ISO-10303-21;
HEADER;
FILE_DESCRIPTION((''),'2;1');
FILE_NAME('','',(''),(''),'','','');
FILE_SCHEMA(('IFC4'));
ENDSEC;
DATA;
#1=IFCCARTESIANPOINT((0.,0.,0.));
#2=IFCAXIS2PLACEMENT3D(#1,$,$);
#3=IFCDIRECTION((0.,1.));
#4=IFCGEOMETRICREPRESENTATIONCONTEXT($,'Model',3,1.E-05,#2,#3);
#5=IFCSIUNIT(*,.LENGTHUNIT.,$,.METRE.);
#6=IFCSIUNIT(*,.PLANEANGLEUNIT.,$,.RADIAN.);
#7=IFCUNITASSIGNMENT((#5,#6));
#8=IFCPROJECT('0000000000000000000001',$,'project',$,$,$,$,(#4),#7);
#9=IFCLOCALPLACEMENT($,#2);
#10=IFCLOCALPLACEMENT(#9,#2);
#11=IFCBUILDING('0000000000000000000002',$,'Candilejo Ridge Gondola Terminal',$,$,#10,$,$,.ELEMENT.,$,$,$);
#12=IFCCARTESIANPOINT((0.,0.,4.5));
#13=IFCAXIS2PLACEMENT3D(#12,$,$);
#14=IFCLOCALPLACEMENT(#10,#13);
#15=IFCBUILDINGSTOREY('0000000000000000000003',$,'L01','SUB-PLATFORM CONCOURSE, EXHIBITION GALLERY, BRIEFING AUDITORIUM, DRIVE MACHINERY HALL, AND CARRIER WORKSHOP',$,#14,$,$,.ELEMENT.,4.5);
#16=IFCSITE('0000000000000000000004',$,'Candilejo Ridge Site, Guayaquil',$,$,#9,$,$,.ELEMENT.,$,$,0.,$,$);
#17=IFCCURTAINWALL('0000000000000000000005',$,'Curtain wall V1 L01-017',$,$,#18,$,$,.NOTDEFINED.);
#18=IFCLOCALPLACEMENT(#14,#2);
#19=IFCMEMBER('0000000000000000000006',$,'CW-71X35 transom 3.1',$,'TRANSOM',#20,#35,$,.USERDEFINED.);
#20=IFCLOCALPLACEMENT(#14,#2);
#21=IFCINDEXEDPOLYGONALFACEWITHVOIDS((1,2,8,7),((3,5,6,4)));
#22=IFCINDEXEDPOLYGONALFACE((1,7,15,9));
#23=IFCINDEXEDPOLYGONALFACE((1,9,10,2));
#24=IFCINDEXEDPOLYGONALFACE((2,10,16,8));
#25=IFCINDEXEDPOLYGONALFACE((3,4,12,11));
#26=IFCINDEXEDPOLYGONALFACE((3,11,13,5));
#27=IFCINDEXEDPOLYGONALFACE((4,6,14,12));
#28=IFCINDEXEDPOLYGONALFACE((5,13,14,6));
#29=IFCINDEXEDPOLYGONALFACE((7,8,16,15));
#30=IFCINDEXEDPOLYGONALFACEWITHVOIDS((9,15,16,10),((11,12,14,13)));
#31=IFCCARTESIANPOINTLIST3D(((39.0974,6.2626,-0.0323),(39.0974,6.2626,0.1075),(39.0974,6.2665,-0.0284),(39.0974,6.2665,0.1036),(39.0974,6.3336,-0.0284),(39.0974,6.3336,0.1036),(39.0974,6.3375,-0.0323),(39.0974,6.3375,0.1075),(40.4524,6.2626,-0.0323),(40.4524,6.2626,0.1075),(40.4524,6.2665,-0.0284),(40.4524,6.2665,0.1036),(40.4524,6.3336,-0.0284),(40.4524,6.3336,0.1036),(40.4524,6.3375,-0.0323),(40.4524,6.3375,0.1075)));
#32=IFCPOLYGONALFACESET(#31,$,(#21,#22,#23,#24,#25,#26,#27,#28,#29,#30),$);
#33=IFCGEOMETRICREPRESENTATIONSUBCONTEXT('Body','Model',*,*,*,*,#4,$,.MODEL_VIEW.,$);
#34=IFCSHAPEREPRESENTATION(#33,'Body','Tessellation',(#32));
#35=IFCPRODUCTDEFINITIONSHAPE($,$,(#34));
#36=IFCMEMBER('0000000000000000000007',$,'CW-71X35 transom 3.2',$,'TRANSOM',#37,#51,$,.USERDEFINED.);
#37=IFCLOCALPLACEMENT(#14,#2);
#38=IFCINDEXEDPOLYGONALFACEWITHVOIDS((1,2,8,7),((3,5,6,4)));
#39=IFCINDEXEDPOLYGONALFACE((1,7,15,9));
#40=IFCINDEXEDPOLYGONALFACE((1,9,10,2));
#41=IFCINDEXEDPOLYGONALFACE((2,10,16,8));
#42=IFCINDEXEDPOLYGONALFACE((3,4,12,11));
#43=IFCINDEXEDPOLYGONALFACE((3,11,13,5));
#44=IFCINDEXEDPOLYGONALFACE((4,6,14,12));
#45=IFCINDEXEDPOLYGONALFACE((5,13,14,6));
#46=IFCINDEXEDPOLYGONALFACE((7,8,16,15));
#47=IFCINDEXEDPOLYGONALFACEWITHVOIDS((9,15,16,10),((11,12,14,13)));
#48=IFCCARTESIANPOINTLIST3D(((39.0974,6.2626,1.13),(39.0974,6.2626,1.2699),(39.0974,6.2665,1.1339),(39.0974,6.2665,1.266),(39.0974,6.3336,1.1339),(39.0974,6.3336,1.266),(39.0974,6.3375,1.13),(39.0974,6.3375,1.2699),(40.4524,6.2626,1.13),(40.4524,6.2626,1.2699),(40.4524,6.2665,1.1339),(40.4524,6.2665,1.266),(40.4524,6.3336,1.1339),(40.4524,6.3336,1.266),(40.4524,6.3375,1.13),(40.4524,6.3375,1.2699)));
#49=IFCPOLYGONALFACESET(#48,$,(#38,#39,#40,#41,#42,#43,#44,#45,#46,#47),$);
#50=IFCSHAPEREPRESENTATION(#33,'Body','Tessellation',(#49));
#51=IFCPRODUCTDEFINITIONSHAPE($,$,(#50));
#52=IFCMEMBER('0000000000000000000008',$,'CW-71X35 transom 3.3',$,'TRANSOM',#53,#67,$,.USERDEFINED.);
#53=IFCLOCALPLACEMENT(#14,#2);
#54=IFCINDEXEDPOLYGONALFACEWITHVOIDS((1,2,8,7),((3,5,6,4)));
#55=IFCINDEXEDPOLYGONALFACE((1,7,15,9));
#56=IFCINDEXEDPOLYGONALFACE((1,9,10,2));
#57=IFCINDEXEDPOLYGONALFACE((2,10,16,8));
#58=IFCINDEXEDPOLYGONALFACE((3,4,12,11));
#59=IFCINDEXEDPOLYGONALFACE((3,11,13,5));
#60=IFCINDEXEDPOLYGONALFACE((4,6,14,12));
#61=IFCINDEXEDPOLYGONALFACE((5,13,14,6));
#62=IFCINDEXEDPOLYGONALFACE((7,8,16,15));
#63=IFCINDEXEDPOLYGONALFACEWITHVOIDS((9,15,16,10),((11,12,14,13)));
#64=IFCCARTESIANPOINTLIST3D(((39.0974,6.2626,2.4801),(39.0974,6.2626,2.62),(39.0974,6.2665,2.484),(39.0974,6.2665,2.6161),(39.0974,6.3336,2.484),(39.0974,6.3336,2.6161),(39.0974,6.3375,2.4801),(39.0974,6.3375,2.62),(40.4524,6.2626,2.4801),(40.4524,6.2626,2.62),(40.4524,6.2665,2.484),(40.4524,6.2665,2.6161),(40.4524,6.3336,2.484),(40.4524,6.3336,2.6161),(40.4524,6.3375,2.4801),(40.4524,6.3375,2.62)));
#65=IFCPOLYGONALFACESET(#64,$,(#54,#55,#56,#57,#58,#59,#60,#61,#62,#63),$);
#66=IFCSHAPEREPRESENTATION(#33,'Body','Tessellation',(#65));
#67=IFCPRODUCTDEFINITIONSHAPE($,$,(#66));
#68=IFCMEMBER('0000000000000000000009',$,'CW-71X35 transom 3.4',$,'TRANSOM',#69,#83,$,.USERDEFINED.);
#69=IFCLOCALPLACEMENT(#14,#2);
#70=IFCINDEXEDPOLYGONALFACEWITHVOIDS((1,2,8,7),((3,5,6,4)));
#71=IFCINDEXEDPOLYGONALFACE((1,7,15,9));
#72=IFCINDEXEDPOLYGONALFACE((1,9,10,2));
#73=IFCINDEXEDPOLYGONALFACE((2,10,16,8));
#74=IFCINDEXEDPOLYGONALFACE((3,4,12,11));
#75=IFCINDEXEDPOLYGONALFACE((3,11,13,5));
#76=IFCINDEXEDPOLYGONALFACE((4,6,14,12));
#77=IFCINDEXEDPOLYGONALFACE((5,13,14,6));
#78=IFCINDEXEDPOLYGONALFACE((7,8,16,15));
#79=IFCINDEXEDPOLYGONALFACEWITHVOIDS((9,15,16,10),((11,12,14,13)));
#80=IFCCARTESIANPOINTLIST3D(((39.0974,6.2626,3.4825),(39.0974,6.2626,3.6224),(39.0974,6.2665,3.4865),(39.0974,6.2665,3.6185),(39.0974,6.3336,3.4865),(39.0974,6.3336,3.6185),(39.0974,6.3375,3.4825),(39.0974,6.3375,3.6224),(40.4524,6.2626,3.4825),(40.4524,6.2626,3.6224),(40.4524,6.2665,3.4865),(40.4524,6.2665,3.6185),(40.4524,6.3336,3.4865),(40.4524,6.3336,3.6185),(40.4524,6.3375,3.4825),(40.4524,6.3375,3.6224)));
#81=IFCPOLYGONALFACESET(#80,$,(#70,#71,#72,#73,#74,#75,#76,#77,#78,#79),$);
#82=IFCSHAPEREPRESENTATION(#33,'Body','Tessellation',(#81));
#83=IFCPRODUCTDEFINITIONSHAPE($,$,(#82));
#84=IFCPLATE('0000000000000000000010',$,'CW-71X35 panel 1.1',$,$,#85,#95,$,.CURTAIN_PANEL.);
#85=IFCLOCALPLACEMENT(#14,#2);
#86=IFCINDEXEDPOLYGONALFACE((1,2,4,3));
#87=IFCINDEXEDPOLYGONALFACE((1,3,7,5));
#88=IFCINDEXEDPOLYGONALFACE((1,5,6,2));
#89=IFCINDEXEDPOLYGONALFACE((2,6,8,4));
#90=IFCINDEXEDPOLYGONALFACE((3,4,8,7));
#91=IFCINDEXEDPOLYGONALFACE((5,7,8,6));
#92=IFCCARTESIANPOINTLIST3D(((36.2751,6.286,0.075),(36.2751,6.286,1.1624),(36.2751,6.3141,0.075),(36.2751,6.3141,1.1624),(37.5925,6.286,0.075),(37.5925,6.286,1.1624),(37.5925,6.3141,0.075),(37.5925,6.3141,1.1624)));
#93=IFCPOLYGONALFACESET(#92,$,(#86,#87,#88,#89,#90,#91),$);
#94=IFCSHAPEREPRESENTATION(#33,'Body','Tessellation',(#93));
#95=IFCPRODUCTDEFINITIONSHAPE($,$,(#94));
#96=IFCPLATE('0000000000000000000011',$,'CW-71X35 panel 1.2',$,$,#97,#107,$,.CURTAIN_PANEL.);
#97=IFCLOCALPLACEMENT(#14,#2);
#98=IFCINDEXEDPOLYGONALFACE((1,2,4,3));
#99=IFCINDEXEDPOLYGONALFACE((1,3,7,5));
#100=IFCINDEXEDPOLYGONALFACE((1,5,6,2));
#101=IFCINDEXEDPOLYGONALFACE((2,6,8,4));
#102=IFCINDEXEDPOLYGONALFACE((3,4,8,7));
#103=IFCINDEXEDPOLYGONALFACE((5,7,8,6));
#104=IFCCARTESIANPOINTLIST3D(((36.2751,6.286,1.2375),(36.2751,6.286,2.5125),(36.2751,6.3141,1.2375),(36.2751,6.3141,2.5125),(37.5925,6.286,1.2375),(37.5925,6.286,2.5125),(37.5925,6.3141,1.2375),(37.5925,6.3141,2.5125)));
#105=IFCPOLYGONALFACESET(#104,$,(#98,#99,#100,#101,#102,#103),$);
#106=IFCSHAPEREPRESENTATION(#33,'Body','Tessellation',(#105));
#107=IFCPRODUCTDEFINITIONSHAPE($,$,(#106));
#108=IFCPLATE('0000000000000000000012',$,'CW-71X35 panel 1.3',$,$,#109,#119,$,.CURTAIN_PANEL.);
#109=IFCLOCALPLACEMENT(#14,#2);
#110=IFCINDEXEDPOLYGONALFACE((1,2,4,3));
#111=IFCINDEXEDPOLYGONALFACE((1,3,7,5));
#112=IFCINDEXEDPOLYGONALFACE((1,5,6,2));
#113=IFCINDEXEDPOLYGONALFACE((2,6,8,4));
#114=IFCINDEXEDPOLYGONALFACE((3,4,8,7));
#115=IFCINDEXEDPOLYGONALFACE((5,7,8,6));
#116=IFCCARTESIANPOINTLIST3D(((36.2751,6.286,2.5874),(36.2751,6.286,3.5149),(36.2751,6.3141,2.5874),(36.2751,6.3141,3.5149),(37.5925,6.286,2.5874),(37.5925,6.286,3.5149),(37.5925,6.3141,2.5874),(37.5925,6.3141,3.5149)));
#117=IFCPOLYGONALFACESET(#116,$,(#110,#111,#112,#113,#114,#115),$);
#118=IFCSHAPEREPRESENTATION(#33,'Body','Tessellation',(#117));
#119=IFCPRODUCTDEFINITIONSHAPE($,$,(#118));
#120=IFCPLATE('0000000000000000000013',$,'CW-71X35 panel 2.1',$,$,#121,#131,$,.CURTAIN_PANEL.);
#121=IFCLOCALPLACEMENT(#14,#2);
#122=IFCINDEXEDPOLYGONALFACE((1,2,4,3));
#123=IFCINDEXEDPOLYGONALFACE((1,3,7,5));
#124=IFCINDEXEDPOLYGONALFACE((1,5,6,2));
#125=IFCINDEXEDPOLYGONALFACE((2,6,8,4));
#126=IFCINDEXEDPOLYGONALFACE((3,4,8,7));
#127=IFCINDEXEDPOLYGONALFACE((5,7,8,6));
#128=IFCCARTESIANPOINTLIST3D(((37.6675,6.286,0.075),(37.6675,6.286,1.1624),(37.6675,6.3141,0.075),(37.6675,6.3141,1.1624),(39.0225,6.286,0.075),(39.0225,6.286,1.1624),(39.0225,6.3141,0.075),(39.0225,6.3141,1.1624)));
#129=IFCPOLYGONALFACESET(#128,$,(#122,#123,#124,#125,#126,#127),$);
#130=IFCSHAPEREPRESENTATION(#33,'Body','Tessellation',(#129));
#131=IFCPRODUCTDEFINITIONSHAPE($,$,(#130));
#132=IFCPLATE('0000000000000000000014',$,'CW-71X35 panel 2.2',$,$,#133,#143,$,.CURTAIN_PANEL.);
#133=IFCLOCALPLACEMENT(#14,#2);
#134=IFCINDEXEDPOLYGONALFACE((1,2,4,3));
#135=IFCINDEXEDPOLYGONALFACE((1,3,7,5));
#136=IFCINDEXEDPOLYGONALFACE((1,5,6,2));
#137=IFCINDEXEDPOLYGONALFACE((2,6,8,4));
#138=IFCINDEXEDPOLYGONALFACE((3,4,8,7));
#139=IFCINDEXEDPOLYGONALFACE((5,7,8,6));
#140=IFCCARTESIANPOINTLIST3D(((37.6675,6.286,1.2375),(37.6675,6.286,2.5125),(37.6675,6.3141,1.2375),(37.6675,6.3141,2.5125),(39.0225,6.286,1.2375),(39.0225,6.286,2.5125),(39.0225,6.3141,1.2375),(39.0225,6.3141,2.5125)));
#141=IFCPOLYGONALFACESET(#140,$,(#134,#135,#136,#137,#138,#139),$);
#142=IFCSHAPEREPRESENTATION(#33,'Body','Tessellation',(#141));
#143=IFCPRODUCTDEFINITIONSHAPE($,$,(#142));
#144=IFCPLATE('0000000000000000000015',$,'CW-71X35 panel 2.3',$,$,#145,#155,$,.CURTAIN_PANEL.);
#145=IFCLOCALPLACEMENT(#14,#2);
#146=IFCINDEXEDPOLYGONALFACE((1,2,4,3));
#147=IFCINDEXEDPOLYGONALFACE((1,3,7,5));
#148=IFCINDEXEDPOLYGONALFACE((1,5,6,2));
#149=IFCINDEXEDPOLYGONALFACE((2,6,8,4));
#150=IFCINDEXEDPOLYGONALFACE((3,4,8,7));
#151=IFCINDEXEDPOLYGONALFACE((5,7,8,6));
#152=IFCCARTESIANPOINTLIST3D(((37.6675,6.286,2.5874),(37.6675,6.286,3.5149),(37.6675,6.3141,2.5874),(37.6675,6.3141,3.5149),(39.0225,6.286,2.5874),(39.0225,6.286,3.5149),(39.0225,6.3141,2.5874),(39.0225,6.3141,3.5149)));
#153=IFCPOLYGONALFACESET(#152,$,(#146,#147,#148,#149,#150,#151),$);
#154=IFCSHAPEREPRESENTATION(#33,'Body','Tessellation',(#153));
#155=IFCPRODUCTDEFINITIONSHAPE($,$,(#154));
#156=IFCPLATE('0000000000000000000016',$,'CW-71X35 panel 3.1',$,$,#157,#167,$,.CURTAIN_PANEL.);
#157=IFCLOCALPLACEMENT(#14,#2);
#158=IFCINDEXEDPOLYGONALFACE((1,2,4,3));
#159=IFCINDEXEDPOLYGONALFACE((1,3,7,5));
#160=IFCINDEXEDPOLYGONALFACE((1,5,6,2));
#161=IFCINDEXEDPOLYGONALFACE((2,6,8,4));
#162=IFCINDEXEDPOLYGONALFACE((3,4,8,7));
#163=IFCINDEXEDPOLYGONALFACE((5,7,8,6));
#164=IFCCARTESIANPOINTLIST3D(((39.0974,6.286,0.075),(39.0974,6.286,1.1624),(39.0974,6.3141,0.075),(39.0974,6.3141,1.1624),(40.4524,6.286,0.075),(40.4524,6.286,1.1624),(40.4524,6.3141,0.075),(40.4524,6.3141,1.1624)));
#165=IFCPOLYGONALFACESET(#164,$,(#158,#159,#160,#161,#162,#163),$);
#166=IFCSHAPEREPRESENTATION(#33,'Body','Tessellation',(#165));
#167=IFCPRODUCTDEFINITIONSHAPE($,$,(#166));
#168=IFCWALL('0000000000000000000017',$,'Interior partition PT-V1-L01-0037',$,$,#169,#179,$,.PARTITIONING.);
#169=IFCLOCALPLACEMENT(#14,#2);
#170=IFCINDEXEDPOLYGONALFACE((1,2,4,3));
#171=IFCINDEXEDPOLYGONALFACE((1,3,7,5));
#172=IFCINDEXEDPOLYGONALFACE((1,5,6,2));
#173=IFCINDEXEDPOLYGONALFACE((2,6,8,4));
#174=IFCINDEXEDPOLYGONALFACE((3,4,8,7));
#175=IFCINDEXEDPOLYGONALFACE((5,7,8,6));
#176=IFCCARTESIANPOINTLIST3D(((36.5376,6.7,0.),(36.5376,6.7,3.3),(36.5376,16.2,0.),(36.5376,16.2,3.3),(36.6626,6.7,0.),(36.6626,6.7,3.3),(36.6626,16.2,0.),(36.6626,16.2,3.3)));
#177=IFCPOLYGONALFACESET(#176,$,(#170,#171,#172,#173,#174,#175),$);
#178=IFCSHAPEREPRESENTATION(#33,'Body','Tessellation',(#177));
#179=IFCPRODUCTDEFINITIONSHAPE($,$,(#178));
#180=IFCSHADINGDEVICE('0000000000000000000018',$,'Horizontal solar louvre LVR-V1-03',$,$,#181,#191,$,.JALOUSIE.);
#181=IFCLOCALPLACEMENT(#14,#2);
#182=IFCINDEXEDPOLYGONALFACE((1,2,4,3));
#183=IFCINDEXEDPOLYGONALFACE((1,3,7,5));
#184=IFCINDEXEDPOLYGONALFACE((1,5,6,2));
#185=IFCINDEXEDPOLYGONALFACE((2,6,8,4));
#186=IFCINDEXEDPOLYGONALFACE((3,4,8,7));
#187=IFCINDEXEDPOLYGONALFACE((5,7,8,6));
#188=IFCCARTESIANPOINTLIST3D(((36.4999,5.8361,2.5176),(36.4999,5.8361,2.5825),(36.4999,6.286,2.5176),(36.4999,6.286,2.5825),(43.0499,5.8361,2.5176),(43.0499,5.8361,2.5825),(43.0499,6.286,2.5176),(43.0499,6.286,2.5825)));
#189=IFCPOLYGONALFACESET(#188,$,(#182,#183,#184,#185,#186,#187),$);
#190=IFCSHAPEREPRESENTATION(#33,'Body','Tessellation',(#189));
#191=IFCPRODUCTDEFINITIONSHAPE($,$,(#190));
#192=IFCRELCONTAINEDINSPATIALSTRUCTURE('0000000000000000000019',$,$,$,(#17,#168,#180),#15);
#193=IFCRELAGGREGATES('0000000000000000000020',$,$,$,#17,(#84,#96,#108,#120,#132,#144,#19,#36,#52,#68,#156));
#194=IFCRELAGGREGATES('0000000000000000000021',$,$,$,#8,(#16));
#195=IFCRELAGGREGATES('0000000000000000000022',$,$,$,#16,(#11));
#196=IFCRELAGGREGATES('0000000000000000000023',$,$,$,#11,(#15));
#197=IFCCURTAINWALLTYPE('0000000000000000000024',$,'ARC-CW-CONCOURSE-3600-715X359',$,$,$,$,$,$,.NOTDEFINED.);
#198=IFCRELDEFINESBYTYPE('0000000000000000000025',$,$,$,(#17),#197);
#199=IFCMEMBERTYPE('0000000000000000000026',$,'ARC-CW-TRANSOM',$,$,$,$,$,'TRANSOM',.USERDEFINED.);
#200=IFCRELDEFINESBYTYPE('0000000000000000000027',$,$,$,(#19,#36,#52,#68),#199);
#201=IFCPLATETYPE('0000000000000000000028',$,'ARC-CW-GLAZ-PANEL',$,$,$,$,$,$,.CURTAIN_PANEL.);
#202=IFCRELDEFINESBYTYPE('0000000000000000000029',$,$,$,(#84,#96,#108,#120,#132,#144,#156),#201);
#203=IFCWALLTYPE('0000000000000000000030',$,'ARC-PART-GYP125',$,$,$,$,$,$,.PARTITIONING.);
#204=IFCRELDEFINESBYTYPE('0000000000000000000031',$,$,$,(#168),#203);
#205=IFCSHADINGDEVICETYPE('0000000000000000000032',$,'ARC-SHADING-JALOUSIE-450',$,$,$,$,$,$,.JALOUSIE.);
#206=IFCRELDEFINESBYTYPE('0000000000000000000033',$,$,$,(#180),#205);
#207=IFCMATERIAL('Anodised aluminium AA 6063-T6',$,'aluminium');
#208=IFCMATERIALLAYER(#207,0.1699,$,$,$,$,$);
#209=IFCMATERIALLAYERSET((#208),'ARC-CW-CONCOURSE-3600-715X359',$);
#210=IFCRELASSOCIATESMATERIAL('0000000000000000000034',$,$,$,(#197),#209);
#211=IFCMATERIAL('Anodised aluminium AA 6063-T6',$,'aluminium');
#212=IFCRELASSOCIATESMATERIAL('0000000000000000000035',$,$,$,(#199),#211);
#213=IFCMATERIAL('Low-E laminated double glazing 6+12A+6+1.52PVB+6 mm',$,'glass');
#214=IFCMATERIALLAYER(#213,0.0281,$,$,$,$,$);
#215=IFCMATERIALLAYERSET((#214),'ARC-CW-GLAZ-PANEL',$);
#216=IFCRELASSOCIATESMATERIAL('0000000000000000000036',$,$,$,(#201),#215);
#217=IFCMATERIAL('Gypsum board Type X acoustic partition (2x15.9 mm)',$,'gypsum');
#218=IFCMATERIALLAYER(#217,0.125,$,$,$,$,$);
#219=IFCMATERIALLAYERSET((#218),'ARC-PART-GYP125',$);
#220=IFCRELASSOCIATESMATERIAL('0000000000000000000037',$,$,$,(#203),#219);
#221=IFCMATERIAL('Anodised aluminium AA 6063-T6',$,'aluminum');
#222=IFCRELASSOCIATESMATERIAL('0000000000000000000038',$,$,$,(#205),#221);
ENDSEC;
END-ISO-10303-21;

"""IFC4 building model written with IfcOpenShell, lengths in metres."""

from ifc_helpers import new_model, si_unit, direction, frame, frame_2d, origin, origin_2d, place, context, subcontext, project, spatial, rectangle, hollow_rectangle, extrude, material, layer, layer_set, material_profile, profile_set, type_object, element, aggregate, save


model = new_model("IFC4")

# Units and contexts
model_context = context("Model", 3, precision=1e-05, world=origin(), true_north=direction((0.0, 1.0)))
body_context = subcontext(model_context, "Body", "Model", "MODEL_VIEW")
ifc_project = project(units=[si_unit("LENGTHUNIT", "METRE"), si_unit("PLANEANGLEUNIT", "RADIAN")], contexts=[model_context])

# Site, building, storey
site_placement = place(None, origin())
site = spatial("IfcSite", under=ifc_project, at=site_placement, Name="Candilejo Ridge Site, Guayaquil", CompositionType="ELEMENT", RefElevation=0.0)
building_placement = place(site_placement, origin())
building = spatial("IfcBuilding", under=site, at=building_placement, Name="Candilejo Ridge Gondola Terminal", CompositionType="ELEMENT")
storey_placement = place(building_placement, frame((0.0, 0.0, 4.5)))
storey = spatial("IfcBuildingStorey", under=building, at=storey_placement, Name="L01", Description="SUB-PLATFORM CONCOURSE, EXHIBITION GALLERY, BRIEFING AUDITORIUM, DRIVE MACHINERY HALL, AND CARRIER WORKSHOP", CompositionType="ELEMENT", Elevation=4.5)

# Curtain wall, members, plates
ifc_material_1 = material(Name="Anodised aluminium AA 6063-T6", Category="aluminium")
ifc_layer_1 = layer(ifc_material_1, 0.1699)
ifc_layer_set_1 = layer_set([ifc_layer_1], Name="ARC-CW-CONCOURSE-3600-715X359")
curtain_wall_type = type_object("IfcCurtainWallType", Name="ARC-CW-CONCOURSE-3600-715X359", PredefinedType="NOTDEFINED", material=ifc_layer_set_1)
curtain_wall_placement = place(storey_placement, origin())
curtain_wall = element("IfcCurtainWall", 1, at=curtain_wall_placement, inside=storey, type_object=curtain_wall_type, Name="Curtain wall V1 L01-017", PredefinedType="NOTDEFINED")
ifc_material_2 = material(Name="Anodised aluminium AA 6063-T6", Category="aluminium")
ifc_material_profile_1 = material_profile(ifc_material_2, hollow_rectangle(XDim=0.075, YDim=0.1399, WallThickness=0.0039, at=origin_2d()))
ifc_profile_set_1 = profile_set([ifc_material_profile_1], Name="Anodised aluminium AA 6063-T6")
member_type_1 = type_object("IfcMemberType", Name="ARC-CW-TRANSOM", ElementType="TRANSOM", PredefinedType="USERDEFINED", material=ifc_profile_set_1)
member_1_placement = place(storey_placement, frame((39.0974, 6.3, 0.0376), z_axis=(1.0, 0.0, 0.0), x_axis=(0.0, 1.0, 0.0)))
member_1 = element("IfcMember", 2, at=member_1_placement, type_object=member_type_1, Name="CW-71X35 transom 3.1", ObjectType="TRANSOM", PredefinedType="USERDEFINED", context=body_context, shape_type="SweptSolid", body=[
    extrude(hollow_rectangle(XDim=0.075, YDim=0.1399, WallThickness=0.0039, at=origin_2d()), origin(), (0.0, 0.0, 1.0), 1.355),
])
member_2_placement = place(storey_placement, frame((39.0974, 6.3, 1.2), z_axis=(1.0, 0.0, 0.0), x_axis=(0.0, 1.0, 0.0)))
member_2 = element("IfcMember", 3, at=member_2_placement, type_object=member_type_1, Name="CW-71X35 transom 3.2", ObjectType="TRANSOM", PredefinedType="USERDEFINED", context=body_context, shape_type="SweptSolid", body=[
    extrude(hollow_rectangle(XDim=0.075, YDim=0.1399, WallThickness=0.0039, at=origin_2d()), origin(), (0.0, 0.0, 1.0), 1.355),
])
member_3_placement = place(storey_placement, frame((39.0974, 6.3, 2.55), z_axis=(1.0, 0.0, 0.0), x_axis=(0.0, 1.0, 0.0)))
member_3 = element("IfcMember", 4, at=member_3_placement, type_object=member_type_1, Name="CW-71X35 transom 3.3", ObjectType="TRANSOM", PredefinedType="USERDEFINED", context=body_context, shape_type="SweptSolid", body=[
    extrude(hollow_rectangle(XDim=0.075, YDim=0.1399, WallThickness=0.0039, at=origin_2d()), origin(), (0.0, 0.0, 1.0), 1.355),
])
member_4_placement = place(storey_placement, frame((39.0974, 6.3, 3.5525), z_axis=(1.0, 0.0, 0.0), x_axis=(0.0, 1.0, 0.0)))
member_4 = element("IfcMember", 5, at=member_4_placement, type_object=member_type_1, Name="CW-71X35 transom 3.4", ObjectType="TRANSOM", PredefinedType="USERDEFINED", context=body_context, shape_type="SweptSolid", body=[
    extrude(hollow_rectangle(XDim=0.075, YDim=0.1399, WallThickness=0.0039, at=origin_2d()), origin(), (0.0, 0.0, 1.0), 1.355),
])
ifc_material_3 = material(Name="Low-E laminated double glazing 6+12A+6+1.52PVB+6 mm", Category="glass")
ifc_layer_2 = layer(ifc_material_3, 0.0281)
ifc_layer_set_2 = layer_set([ifc_layer_2], Name="ARC-CW-GLAZ-PANEL")
plate_type = type_object("IfcPlateType", Name="ARC-CW-GLAZ-PANEL", PredefinedType="CURTAIN_PANEL", material=ifc_layer_set_2)
plate_1_placement = place(storey_placement, frame((36.9338, 6.3, 0.075), z_axis=(0.0, 0.0, 1.0), x_axis=(1.0, 0.0, 0.0)))
plate_1 = element("IfcPlate", 6, at=plate_1_placement, type_object=plate_type, Name="CW-71X35 panel 1.1", PredefinedType="CURTAIN_PANEL", context=body_context, shape_type="SweptSolid", body=[
    extrude(rectangle(XDim=1.3174, YDim=0.0281, at=origin_2d()), origin(), (0.0, 0.0, 1.0), 1.0874),
])
plate_2_placement = place(storey_placement, frame((36.9338, 6.3, 1.2375), z_axis=(0.0, 0.0, 1.0), x_axis=(1.0, 0.0, 0.0)))
plate_2 = element("IfcPlate", 7, at=plate_2_placement, type_object=plate_type, Name="CW-71X35 panel 1.2", PredefinedType="CURTAIN_PANEL", context=body_context, shape_type="SweptSolid", body=[
    extrude(rectangle(XDim=1.3174, YDim=0.0281, at=origin_2d()), origin(), (0.0, 0.0, 1.0), 1.2749),
])
plate_3_placement = place(storey_placement, frame((36.9338, 6.3, 2.5874), z_axis=(0.0, 0.0, 1.0), x_axis=(1.0, 0.0, 0.0)))
plate_3 = element("IfcPlate", 8, at=plate_3_placement, type_object=plate_type, Name="CW-71X35 panel 1.3", PredefinedType="CURTAIN_PANEL", context=body_context, shape_type="SweptSolid", body=[
    extrude(rectangle(XDim=1.3174, YDim=0.0281, at=origin_2d()), origin(), (0.0, 0.0, 1.0), 0.9275),
])
plate_4_placement = place(storey_placement, frame((38.345, 6.3, 0.075), z_axis=(0.0, 0.0, 1.0), x_axis=(1.0, 0.0, 0.0)))
plate_4 = element("IfcPlate", 9, at=plate_4_placement, type_object=plate_type, Name="CW-71X35 panel 2.1", PredefinedType="CURTAIN_PANEL", context=body_context, shape_type="SweptSolid", body=[
    extrude(rectangle(XDim=1.355, YDim=0.0281, at=origin_2d()), origin(), (0.0, 0.0, 1.0), 1.0874),
])
plate_5_placement = place(storey_placement, frame((38.345, 6.3, 1.2375), z_axis=(0.0, 0.0, 1.0), x_axis=(1.0, 0.0, 0.0)))
plate_5 = element("IfcPlate", 10, at=plate_5_placement, type_object=plate_type, Name="CW-71X35 panel 2.2", PredefinedType="CURTAIN_PANEL", context=body_context, shape_type="SweptSolid", body=[
    extrude(rectangle(XDim=1.355, YDim=0.0281, at=origin_2d()), origin(), (0.0, 0.0, 1.0), 1.2749),
])
plate_6_placement = place(storey_placement, frame((38.345, 6.3, 2.5874), z_axis=(0.0, 0.0, 1.0), x_axis=(1.0, 0.0, 0.0)))
plate_6 = element("IfcPlate", 11, at=plate_6_placement, type_object=plate_type, Name="CW-71X35 panel 2.3", PredefinedType="CURTAIN_PANEL", context=body_context, shape_type="SweptSolid", body=[
    extrude(rectangle(XDim=1.355, YDim=0.0281, at=origin_2d()), origin(), (0.0, 0.0, 1.0), 0.9275),
])
plate_7_placement = place(storey_placement, frame((39.7749, 6.3, 0.075), z_axis=(0.0, 0.0, 1.0), x_axis=(1.0, 0.0, 0.0)))
plate_7 = element("IfcPlate", 12, at=plate_7_placement, type_object=plate_type, Name="CW-71X35 panel 3.1", PredefinedType="CURTAIN_PANEL", context=body_context, shape_type="SweptSolid", body=[
    extrude(rectangle(XDim=1.355, YDim=0.0281, at=origin_2d()), origin(), (0.0, 0.0, 1.0), 1.0874),
])
aggregate(curtain_wall, [plate_1, plate_2, plate_3, plate_4, plate_5, plate_6, member_1, member_2, member_3, member_4, plate_7])

# Wall
ifc_material_4 = material(Name="Gypsum board Type X acoustic partition (2x15.9 mm)", Category="gypsum")
ifc_layer_3 = layer(ifc_material_4, 0.125)
ifc_layer_set_3 = layer_set([ifc_layer_3], Name="ARC-PART-GYP125")
wall_type = type_object("IfcWallType", Name="ARC-PART-GYP125", PredefinedType="PARTITIONING", material=ifc_layer_set_3)
wall_placement = place(storey_placement, frame((36.6001, 6.7, 0.0), z_axis=(0.0, 0.0, 1.0), x_axis=(0.0, 1.0, 0.0)))
element("IfcWall", 13, at=wall_placement, inside=storey, type_object=wall_type, Name="Interior partition PT-V1-L01-0037", PredefinedType="PARTITIONING", context=body_context, shape_type="SweptSolid", body=[
    extrude(rectangle(XDim=9.5, YDim=0.125, at=frame_2d((4.75, 0.0))), origin(), (0.0, 0.0, 1.0), 3.3),
])

# Shading device
ifc_material_5 = material(Name="Anodised aluminium AA 6063-T6", Category="aluminum")
shading_device_type = type_object("IfcShadingDeviceType", Name="ARC-SHADING-JALOUSIE-450", PredefinedType="JALOUSIE", material=ifc_material_5)
shading_device_placement = place(storey_placement, frame((39.7749, 6.061, 2.5176)))
element("IfcShadingDevice", 14, at=shading_device_placement, inside=storey, type_object=shading_device_type, Name="Horizontal solar louvre LVR-V1-03", PredefinedType="JALOUSIE", context=body_context, shape_type="SweptSolid", body=[
    extrude(rectangle(XDim=6.55, YDim=0.45, at=origin_2d()), origin(), (0.0, 0.0, 1.0), 0.0649),
])

save(model, "model.ifc")
